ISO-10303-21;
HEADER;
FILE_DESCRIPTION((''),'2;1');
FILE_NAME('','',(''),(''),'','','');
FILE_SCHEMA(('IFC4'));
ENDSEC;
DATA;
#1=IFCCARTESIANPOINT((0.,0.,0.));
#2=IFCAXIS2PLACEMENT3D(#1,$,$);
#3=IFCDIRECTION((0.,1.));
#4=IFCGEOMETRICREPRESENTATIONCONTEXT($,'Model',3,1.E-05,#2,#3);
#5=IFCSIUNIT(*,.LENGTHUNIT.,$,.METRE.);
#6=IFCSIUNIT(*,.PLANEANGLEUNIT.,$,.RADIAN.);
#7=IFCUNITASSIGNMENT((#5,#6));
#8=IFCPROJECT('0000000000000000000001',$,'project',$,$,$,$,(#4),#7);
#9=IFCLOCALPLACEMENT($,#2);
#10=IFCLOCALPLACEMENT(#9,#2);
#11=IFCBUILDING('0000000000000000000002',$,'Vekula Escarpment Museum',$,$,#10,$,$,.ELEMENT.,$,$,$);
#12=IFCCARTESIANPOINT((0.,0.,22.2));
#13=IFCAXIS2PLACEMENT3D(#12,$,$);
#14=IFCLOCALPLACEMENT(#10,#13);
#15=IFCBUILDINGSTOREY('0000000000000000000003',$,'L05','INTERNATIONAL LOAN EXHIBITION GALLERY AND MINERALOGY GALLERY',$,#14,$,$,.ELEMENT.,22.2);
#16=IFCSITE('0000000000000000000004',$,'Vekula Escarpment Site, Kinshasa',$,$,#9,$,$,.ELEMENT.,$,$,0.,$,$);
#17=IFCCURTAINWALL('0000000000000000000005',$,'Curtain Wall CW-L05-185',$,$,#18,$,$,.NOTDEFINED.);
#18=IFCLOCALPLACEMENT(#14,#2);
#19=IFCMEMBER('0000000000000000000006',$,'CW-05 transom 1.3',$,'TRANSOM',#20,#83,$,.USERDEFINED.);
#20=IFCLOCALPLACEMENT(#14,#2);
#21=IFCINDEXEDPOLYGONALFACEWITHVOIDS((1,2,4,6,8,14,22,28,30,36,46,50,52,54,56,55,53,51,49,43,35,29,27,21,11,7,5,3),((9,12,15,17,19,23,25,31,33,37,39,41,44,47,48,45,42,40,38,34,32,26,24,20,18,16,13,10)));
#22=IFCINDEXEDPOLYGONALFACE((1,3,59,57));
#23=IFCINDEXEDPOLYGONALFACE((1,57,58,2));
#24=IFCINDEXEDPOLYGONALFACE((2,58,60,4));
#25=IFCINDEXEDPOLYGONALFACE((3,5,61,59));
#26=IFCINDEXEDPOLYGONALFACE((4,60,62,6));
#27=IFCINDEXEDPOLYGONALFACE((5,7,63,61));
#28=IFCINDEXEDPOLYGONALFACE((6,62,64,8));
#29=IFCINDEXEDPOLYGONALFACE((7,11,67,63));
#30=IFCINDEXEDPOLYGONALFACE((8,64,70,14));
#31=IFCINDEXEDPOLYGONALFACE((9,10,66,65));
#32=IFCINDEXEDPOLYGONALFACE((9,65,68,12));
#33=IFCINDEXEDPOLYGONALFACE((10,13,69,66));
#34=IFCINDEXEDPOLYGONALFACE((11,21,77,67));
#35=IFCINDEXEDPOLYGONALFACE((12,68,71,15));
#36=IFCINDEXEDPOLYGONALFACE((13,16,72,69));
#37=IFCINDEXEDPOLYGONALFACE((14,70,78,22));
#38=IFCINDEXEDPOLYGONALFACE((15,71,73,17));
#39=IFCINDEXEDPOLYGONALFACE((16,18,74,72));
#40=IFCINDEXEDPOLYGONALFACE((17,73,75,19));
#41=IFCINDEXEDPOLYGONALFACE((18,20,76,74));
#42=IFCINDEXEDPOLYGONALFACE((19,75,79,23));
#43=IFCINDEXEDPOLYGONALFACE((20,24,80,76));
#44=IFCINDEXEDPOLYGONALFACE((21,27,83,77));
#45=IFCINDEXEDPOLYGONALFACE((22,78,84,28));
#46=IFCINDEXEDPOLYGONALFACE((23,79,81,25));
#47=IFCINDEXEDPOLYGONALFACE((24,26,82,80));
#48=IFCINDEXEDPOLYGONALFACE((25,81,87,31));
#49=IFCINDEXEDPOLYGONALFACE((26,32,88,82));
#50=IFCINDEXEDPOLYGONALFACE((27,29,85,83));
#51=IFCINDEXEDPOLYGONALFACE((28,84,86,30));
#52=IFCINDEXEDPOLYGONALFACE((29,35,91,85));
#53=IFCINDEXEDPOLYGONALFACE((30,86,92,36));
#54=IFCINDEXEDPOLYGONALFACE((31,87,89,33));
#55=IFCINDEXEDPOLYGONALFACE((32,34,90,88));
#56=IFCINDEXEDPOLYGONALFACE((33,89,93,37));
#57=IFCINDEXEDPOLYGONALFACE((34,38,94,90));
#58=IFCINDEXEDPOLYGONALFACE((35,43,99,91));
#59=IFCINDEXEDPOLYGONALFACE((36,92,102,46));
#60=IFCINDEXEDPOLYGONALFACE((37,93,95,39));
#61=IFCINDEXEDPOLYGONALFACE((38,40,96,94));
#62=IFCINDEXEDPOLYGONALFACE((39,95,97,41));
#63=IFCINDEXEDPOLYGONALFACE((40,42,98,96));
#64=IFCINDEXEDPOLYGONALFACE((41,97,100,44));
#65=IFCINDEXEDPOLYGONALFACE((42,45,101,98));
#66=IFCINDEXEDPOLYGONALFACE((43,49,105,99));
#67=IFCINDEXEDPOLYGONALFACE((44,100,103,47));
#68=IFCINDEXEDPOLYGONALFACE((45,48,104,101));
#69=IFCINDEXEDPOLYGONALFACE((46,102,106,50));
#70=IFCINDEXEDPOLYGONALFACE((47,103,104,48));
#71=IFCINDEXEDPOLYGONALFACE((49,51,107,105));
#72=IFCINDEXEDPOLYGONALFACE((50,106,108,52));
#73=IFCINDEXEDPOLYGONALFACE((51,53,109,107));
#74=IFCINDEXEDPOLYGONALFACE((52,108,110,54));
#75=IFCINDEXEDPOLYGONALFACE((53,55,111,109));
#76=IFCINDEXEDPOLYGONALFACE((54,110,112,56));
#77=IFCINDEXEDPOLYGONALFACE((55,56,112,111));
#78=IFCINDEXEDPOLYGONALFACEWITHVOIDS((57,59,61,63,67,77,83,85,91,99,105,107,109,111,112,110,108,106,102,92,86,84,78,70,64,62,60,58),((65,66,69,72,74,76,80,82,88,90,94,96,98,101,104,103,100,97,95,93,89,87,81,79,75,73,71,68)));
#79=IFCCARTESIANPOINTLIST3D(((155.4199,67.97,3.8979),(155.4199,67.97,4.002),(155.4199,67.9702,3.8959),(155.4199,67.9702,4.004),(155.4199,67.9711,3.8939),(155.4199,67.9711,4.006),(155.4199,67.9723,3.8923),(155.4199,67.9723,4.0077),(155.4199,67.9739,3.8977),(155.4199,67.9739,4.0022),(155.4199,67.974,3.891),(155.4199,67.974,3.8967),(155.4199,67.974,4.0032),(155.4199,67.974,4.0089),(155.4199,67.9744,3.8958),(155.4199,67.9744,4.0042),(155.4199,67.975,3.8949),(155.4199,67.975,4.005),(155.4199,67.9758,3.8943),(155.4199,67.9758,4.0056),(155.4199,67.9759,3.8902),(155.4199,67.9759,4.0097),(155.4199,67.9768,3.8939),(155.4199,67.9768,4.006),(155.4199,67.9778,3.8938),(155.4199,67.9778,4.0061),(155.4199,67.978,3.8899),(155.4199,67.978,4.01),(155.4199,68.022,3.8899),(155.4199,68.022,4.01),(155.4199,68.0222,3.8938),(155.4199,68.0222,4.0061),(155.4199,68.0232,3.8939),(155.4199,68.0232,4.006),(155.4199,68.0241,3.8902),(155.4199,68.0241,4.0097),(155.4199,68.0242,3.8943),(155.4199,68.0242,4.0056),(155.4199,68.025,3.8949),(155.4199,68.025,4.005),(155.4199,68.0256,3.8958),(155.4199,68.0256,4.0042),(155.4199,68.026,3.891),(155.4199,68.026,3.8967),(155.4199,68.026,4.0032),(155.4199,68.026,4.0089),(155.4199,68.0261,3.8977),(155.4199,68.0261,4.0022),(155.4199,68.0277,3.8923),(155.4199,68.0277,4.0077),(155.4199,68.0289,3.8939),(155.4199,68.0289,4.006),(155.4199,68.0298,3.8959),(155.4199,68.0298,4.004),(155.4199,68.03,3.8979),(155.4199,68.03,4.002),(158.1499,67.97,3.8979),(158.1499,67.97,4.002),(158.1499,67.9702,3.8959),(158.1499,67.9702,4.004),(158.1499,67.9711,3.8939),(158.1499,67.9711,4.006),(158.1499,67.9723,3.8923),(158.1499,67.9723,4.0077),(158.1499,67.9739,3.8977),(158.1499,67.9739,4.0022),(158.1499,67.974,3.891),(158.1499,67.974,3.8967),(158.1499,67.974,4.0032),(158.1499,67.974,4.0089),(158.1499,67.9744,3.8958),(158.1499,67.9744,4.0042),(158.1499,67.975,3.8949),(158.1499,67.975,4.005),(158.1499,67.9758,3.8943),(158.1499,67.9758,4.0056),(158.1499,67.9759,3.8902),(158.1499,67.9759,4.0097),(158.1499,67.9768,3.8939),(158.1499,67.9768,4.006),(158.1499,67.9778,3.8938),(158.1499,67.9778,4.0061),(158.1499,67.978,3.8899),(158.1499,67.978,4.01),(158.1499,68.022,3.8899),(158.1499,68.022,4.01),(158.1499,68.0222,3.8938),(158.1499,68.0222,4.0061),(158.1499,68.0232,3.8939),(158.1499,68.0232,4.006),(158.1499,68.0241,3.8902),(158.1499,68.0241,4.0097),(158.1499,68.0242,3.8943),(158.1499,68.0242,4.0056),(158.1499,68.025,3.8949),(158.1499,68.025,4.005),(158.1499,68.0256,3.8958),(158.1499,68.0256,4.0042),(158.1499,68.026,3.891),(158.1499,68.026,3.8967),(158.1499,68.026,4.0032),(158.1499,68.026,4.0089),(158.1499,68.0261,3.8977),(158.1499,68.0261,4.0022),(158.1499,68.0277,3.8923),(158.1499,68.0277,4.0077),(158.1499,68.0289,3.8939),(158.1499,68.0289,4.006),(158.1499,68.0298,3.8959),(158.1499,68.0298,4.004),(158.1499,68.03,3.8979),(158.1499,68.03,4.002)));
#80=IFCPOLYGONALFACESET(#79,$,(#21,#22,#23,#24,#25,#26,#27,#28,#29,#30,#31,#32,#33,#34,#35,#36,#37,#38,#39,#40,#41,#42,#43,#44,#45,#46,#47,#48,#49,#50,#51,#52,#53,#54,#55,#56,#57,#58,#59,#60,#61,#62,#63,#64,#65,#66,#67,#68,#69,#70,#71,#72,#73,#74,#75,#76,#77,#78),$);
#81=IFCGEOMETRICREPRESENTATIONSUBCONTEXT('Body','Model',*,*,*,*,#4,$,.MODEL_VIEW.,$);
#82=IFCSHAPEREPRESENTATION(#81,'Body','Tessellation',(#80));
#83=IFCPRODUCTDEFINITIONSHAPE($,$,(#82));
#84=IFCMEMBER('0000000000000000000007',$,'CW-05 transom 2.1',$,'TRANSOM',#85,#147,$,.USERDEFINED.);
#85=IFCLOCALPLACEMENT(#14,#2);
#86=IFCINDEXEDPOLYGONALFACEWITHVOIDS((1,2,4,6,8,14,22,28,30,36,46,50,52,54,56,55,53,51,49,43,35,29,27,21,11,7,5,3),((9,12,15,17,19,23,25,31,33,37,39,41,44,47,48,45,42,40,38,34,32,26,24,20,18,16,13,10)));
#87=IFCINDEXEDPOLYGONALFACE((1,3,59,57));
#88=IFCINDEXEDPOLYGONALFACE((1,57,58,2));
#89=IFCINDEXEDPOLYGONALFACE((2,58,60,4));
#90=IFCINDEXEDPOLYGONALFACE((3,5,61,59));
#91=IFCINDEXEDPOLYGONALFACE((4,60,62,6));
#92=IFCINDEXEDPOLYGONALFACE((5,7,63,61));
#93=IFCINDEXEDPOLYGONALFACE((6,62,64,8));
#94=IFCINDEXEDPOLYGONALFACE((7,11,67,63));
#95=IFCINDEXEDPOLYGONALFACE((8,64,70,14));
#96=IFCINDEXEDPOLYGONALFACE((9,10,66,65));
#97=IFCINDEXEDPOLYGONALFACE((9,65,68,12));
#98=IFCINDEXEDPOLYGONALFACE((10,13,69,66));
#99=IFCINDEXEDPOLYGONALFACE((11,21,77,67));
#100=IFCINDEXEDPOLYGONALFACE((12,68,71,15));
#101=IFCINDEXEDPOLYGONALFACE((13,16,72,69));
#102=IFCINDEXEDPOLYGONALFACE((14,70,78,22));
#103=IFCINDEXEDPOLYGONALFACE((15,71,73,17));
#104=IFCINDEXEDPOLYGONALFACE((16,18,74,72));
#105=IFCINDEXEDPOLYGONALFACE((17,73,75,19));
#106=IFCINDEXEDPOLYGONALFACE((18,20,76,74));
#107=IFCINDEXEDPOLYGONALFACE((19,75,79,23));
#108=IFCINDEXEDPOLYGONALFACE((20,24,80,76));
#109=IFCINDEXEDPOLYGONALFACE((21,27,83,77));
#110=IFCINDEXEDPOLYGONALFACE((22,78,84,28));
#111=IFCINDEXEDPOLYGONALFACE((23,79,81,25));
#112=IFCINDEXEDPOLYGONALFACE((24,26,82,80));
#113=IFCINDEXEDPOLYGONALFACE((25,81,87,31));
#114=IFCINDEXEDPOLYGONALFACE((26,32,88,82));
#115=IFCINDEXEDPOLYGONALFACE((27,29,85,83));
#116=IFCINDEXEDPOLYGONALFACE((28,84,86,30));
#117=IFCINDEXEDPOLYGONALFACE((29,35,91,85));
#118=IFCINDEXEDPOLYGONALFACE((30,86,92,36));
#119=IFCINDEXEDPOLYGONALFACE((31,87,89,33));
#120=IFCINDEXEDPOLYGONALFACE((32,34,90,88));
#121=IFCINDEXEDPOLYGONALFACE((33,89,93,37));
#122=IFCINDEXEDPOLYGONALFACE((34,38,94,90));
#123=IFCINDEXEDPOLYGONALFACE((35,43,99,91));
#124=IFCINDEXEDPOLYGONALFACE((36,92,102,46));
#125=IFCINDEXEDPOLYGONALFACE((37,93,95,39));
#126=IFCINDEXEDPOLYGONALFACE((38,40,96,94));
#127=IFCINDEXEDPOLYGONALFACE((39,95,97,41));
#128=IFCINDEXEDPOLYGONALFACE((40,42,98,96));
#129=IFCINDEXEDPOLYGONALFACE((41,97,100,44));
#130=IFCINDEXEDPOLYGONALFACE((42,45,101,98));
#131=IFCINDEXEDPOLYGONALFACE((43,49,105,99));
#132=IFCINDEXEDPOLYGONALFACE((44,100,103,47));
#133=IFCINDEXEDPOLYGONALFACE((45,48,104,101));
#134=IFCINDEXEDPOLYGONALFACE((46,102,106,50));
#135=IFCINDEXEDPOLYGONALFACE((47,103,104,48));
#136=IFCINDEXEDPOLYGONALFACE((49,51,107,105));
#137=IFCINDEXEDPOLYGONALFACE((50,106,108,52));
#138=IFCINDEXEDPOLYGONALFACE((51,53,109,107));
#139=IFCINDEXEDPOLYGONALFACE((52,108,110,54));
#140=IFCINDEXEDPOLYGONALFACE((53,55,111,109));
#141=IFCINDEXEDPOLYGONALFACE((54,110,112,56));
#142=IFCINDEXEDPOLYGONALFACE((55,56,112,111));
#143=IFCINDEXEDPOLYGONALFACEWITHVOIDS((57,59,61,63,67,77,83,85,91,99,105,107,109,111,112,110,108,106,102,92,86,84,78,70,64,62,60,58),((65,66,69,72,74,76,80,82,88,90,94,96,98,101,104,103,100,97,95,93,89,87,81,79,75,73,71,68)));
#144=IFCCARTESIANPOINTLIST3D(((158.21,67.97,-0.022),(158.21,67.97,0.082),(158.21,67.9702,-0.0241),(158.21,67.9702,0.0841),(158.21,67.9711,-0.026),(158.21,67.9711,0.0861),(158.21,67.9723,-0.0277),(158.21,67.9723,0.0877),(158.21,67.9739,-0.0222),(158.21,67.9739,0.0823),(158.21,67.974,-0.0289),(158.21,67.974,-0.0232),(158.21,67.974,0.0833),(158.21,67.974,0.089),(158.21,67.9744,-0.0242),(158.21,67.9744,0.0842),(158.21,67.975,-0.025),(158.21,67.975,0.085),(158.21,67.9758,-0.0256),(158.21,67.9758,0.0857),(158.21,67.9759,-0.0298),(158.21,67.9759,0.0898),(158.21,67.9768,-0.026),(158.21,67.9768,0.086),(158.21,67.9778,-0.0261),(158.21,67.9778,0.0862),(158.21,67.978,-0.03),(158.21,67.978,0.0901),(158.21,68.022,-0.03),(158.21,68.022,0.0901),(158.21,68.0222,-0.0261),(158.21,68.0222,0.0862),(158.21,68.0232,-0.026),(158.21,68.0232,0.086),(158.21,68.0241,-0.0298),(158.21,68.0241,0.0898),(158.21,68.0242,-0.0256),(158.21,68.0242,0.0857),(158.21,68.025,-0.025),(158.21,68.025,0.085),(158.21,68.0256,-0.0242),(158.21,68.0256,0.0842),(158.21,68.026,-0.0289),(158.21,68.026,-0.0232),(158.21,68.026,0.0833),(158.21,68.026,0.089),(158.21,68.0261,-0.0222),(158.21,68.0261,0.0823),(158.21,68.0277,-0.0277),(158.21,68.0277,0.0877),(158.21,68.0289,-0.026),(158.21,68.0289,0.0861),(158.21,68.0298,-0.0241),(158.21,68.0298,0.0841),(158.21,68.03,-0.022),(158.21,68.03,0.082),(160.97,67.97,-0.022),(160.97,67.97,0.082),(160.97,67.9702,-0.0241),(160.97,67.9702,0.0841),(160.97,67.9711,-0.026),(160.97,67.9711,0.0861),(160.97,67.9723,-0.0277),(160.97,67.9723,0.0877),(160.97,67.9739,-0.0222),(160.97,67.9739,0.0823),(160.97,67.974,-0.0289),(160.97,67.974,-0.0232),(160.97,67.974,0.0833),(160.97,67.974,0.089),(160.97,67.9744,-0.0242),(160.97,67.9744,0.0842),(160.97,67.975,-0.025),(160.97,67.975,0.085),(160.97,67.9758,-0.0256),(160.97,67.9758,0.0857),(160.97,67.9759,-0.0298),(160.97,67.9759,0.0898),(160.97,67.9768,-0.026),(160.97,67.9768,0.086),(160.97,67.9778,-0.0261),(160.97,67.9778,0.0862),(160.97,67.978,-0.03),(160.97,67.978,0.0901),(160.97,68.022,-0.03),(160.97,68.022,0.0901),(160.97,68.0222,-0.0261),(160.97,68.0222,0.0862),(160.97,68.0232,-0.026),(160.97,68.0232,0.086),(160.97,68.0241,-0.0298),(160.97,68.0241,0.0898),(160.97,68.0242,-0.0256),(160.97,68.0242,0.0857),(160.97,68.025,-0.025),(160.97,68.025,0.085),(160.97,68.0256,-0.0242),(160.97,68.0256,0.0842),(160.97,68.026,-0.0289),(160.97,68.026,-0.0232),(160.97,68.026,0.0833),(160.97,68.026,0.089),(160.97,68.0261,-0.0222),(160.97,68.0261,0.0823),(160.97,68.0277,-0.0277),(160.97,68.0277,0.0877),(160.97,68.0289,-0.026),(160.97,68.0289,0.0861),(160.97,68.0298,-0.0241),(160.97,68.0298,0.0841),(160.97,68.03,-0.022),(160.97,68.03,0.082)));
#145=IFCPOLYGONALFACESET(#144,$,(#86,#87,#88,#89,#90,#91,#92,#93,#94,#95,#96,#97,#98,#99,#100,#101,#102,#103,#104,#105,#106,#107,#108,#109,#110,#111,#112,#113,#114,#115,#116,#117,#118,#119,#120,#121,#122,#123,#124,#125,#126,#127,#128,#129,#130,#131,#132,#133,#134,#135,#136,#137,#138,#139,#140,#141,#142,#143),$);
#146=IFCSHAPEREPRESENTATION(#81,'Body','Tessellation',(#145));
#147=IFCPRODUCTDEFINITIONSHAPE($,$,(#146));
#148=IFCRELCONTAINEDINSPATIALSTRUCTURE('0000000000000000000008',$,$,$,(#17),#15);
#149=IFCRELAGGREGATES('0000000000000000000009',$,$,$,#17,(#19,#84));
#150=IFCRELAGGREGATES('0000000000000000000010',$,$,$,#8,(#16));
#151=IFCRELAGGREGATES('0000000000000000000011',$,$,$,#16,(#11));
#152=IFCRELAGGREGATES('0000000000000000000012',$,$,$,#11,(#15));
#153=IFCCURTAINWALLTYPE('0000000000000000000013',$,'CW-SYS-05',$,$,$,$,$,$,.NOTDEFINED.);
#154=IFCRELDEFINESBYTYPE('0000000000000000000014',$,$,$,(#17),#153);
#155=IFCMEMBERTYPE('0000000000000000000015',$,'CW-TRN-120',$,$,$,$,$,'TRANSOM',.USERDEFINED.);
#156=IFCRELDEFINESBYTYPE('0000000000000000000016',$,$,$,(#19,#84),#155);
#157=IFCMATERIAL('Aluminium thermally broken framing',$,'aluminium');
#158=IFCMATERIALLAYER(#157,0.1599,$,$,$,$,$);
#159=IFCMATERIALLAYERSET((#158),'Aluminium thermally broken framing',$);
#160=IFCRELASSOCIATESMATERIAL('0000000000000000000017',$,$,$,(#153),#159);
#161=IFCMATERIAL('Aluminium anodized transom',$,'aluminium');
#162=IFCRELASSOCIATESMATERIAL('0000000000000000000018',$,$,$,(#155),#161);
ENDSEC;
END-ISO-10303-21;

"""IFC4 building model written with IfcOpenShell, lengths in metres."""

from ifc_helpers import new_model, si_unit, direction, frame, origin, origin_2d, place, context, subcontext, project, spatial, hollow_rectangle, extrude, material, layer, layer_set, material_profile, profile_set, type_object, element, aggregate, save


model = new_model("IFC4")

# Units and contexts
model_context = context("Model", 3, precision=1e-05, world=origin(), true_north=direction((0.0, 1.0)))
body_context = subcontext(model_context, "Body", "Model", "MODEL_VIEW")
ifc_project = project(units=[si_unit("LENGTHUNIT", "METRE"), si_unit("PLANEANGLEUNIT", "RADIAN")], contexts=[model_context])

# Site, building, storey
site_placement = place(None, origin())
site = spatial("IfcSite", under=ifc_project, at=site_placement, Name="Vekula Escarpment Site, Kinshasa", CompositionType="ELEMENT", RefElevation=0.0)
building_placement = place(site_placement, origin())
building = spatial("IfcBuilding", under=site, at=building_placement, Name="Vekula Escarpment Museum", CompositionType="ELEMENT")
storey_placement = place(building_placement, frame((0.0, 0.0, 22.2)))
storey = spatial("IfcBuildingStorey", under=building, at=storey_placement, Name="L05", Description="INTERNATIONAL LOAN EXHIBITION GALLERY AND MINERALOGY GALLERY", CompositionType="ELEMENT", Elevation=22.2)

# Curtain wall, members
ifc_material_1 = material(Name="Aluminium thermally broken framing", Category="aluminium")
ifc_layer_1 = layer(ifc_material_1, 0.1599)
ifc_layer_set_1 = layer_set([ifc_layer_1], Name="Aluminium thermally broken framing")
curtain_wall_type = type_object("IfcCurtainWallType", Name="CW-SYS-05", PredefinedType="NOTDEFINED", material=ifc_layer_set_1)
curtain_wall_placement = place(storey_placement, origin())
curtain_wall = element("IfcCurtainWall", 1, at=curtain_wall_placement, inside=storey, type_object=curtain_wall_type, Name="Curtain Wall CW-L05-185", PredefinedType="NOTDEFINED")
ifc_material_2 = material(Name="Aluminium anodized transom", Category="aluminium")
ifc_material_profile_1 = material_profile(ifc_material_2, hollow_rectangle(XDim=0.0601, YDim=0.1201, WallThickness=0.0039, InnerFilletRadius=0.0039, OuterFilletRadius=0.0081, at=origin_2d()), Name="ALU 120x60x4")
ifc_profile_set_1 = profile_set([ifc_material_profile_1], Name="Aluminium anodized transom")
member_type_1 = type_object("IfcMemberType", Name="CW-TRN-120", ElementType="TRANSOM", PredefinedType="USERDEFINED", material=ifc_profile_set_1)
member_1_placement = place(storey_placement, frame((155.4199, 68.0, 3.95), z_axis=(1.0, 0.0, 0.0), x_axis=(0.0, 1.0, 0.0)))
member_1 = element("IfcMember", 2, at=member_1_placement, type_object=member_type_1, Name="CW-05 transom 1.3", ObjectType="TRANSOM", PredefinedType="USERDEFINED", context=body_context, shape_type="SweptSolid", body=[
    extrude(hollow_rectangle(XDim=0.0601, YDim=0.1201, WallThickness=0.0039, InnerFilletRadius=0.0039, OuterFilletRadius=0.0081, at=origin_2d()), origin(), (0.0, 0.0, 1.0), 2.73),
])
member_2_placement = place(storey_placement, frame((158.21, 68.0, 0.03), z_axis=(1.0, 0.0, 0.0), x_axis=(0.0, 1.0, 0.0)))
member_2 = element("IfcMember", 3, at=member_2_placement, type_object=member_type_1, Name="CW-05 transom 2.1", ObjectType="TRANSOM", PredefinedType="USERDEFINED", context=body_context, shape_type="SweptSolid", body=[
    extrude(hollow_rectangle(XDim=0.0601, YDim=0.1201, WallThickness=0.0039, InnerFilletRadius=0.0039, OuterFilletRadius=0.0081, at=origin_2d()), origin(), (0.0, 0.0, 1.0), 2.76),
])
aggregate(curtain_wall, [member_1, member_2])

save(model, "model.ifc")
